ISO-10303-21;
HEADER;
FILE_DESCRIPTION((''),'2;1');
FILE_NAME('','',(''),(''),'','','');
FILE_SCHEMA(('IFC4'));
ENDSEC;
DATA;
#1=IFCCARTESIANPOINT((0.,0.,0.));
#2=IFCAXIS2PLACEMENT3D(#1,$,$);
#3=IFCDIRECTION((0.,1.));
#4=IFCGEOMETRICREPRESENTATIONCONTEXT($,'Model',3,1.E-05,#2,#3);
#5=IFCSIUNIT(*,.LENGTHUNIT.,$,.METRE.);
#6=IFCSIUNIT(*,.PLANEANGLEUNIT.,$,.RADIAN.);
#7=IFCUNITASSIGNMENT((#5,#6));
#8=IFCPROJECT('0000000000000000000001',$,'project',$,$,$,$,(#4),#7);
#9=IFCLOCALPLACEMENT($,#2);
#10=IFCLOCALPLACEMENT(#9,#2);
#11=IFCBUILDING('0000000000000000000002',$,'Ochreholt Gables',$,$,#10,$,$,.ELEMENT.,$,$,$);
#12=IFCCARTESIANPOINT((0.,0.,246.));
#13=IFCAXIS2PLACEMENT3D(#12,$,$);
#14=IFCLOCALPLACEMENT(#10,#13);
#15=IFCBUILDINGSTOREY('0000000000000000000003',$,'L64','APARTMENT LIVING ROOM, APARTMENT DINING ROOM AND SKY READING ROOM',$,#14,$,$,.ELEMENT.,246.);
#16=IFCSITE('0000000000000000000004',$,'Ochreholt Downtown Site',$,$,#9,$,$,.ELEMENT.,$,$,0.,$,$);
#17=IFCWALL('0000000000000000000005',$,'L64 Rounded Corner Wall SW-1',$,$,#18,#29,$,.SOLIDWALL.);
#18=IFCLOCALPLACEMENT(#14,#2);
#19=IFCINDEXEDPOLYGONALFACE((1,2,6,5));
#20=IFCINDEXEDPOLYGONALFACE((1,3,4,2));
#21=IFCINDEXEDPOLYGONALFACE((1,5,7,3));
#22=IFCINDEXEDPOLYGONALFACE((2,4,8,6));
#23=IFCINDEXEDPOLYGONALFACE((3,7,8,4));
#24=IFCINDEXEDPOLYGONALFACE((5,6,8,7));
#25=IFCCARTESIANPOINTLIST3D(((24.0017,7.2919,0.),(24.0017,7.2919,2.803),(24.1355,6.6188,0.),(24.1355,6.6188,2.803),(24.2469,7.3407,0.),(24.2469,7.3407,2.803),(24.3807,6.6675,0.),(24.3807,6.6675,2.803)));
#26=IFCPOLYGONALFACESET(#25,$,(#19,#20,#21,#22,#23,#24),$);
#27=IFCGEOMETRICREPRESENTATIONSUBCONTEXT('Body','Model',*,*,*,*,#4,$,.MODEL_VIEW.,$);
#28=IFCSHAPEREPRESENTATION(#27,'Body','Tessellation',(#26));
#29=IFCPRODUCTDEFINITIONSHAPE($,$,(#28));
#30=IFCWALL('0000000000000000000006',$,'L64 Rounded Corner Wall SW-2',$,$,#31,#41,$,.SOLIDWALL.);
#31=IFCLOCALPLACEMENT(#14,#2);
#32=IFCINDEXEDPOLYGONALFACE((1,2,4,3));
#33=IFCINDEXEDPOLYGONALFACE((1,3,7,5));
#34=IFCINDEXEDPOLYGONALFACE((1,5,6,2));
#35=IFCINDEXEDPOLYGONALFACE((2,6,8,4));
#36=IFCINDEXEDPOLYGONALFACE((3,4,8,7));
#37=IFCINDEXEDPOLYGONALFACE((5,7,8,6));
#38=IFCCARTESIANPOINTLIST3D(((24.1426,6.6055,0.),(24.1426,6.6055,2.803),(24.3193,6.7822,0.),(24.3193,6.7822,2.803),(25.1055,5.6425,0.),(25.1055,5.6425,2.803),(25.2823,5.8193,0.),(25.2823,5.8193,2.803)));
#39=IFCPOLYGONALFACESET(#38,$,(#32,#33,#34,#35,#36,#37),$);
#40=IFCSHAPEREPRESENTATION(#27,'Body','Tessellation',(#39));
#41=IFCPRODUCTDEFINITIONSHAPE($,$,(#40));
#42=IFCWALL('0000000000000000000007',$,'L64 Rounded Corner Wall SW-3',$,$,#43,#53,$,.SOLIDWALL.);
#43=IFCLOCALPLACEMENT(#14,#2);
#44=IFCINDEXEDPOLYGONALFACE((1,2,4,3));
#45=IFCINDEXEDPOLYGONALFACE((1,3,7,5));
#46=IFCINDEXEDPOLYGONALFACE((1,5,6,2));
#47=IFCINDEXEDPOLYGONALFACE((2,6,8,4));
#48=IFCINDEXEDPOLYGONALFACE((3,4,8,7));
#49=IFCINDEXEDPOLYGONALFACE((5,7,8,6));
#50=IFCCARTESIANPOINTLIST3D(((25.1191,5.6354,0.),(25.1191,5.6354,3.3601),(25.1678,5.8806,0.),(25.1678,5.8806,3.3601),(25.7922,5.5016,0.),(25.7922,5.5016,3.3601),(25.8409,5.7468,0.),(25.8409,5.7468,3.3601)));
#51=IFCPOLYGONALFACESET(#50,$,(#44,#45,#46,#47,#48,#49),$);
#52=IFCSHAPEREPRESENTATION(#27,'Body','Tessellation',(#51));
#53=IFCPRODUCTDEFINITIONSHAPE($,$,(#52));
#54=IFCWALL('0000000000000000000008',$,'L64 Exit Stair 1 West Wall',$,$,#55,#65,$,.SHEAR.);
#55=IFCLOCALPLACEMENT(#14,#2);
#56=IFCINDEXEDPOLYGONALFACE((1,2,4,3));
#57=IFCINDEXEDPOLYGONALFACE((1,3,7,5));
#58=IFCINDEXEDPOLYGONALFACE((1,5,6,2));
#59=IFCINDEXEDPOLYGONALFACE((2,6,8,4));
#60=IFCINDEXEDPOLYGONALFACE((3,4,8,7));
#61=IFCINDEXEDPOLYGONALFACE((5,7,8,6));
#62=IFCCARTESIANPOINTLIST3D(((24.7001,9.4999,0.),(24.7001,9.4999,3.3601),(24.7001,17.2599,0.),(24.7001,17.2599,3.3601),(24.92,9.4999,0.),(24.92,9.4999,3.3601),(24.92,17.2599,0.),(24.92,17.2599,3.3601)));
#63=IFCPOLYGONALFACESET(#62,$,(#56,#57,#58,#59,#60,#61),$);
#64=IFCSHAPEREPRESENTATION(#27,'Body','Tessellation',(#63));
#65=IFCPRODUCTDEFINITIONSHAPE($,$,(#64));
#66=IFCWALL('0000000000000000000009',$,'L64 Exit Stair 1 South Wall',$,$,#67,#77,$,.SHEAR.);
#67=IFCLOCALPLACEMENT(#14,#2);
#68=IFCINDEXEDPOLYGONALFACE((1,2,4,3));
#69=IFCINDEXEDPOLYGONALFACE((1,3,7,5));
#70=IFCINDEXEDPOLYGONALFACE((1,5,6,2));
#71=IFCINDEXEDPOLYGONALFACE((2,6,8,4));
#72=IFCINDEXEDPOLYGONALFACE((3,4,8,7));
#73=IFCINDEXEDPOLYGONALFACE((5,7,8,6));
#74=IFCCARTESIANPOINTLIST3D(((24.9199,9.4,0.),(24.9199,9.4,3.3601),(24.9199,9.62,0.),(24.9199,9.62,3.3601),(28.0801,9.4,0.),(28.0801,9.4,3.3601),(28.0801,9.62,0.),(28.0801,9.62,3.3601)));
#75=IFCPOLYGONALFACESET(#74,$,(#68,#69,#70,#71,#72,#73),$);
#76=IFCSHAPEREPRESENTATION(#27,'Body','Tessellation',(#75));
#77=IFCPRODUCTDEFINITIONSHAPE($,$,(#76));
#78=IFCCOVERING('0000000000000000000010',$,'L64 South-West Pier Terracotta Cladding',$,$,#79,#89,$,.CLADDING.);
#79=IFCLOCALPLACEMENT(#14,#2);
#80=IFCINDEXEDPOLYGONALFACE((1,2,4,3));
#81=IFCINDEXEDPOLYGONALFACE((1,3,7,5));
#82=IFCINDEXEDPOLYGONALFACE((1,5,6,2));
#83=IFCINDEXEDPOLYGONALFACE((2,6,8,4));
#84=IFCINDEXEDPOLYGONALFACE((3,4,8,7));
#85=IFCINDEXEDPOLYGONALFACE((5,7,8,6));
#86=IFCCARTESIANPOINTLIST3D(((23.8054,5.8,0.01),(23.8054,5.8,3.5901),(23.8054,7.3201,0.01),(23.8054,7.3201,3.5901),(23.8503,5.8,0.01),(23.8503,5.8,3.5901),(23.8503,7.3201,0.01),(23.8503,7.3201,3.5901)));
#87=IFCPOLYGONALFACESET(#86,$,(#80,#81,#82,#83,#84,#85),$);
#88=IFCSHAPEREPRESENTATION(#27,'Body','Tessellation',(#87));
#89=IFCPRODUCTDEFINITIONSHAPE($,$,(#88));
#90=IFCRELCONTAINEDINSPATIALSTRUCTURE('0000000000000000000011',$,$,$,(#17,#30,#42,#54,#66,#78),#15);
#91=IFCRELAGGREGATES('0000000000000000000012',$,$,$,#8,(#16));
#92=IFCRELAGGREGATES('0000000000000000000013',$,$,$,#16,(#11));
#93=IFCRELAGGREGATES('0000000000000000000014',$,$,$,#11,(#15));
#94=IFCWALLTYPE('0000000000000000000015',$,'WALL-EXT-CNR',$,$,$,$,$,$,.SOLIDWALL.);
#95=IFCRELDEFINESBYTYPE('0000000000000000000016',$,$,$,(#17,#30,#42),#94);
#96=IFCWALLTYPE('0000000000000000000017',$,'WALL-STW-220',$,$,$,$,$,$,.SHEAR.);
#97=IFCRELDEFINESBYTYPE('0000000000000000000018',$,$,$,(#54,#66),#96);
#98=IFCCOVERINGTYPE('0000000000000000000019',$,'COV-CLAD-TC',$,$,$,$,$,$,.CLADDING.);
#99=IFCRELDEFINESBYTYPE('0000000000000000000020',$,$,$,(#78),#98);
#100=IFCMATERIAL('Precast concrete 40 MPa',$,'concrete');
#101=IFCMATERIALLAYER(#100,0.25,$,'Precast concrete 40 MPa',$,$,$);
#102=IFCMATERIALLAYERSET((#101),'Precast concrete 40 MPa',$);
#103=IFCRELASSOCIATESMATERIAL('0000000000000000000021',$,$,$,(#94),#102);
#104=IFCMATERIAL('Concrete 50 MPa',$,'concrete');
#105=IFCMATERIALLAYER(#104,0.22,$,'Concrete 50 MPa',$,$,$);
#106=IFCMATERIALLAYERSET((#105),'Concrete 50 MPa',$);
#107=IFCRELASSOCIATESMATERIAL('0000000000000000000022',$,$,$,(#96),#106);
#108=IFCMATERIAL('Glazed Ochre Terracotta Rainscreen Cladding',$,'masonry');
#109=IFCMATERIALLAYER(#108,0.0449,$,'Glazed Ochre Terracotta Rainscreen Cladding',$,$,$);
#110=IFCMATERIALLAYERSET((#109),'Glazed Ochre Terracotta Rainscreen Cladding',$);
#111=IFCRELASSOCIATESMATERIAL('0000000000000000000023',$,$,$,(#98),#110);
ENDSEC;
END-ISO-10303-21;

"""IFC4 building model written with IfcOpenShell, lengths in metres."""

from ifc_helpers import new_model, si_unit, direction, frame, frame_2d, origin, origin_2d, place, context, subcontext, project, spatial, rectangle, extrude, material, layer, layer_set, type_object, element, save


model = new_model("IFC4")

# Units and contexts
model_context = context("Model", 3, precision=1e-05, world=origin(), true_north=direction((0.0, 1.0)))
body_context = subcontext(model_context, "Body", "Model", "MODEL_VIEW")
ifc_project = project(units=[si_unit("LENGTHUNIT", "METRE"), si_unit("PLANEANGLEUNIT", "RADIAN")], contexts=[model_context])

# Site, building, storey
site_placement = place(None, origin())
site = spatial("IfcSite", under=ifc_project, at=site_placement, Name="Ochreholt Downtown Site", CompositionType="ELEMENT", RefElevation=0.0)
building_placement = place(site_placement, origin())
building = spatial("IfcBuilding", under=site, at=building_placement, Name="Ochreholt Gables", CompositionType="ELEMENT")
storey_placement = place(building_placement, frame((0.0, 0.0, 246.0)))
storey = spatial("IfcBuildingStorey", under=building, at=storey_placement, Name="L64", Description="APARTMENT LIVING ROOM, APARTMENT DINING ROOM AND SKY READING ROOM", CompositionType="ELEMENT", Elevation=246.0)

# Shared definitions
ifc_material_1 = material(Name="Concrete 50 MPa", Category="concrete")

# Shared definitions
ifc_material_2 = material(Name="Precast concrete 40 MPa", Category="concrete")

# Walls
ifc_layer_1 = layer(ifc_material_2, 0.25, Name="Precast concrete 40 MPa")
ifc_layer_set_1 = layer_set([ifc_layer_1], Name="Precast concrete 40 MPa")
wall_type_1 = type_object("IfcWallType", Name="WALL-EXT-CNR", PredefinedType="SOLIDWALL", material=ifc_layer_set_1)
wall_1_placement = place(storey_placement, frame((24.1243, 7.3164, 0.0), z_axis=(0.0, 0.0, 1.0), x_axis=(0.194953, -0.980813, 0.0)))
element("IfcWall", 1, at=wall_1_placement, inside=storey, type_object=wall_type_1, Name="L64 Rounded Corner Wall SW-1", PredefinedType="SOLIDWALL", context=body_context, shape_type="SweptSolid", body=[
    extrude(rectangle(XDim=0.6863, YDim=0.25, at=frame_2d((0.3433, 0.0))), origin(), (0.0, 0.0, 1.0), 2.803),
])
wall_2_placement = place(storey_placement, frame((24.231, 6.6938, 0.0), z_axis=(0.0, 0.0, 1.0), x_axis=(0.707107, -0.707107, 0.0)))
element("IfcWall", 2, at=wall_2_placement, inside=storey, type_object=wall_type_1, Name="L64 Rounded Corner Wall SW-2", PredefinedType="SOLIDWALL", context=body_context, shape_type="SweptSolid", body=[
    extrude(rectangle(XDim=1.3618, YDim=0.25, at=frame_2d((0.6809, 0.0))), origin(), (0.0, 0.0, 1.0), 2.803),
])
wall_3_placement = place(storey_placement, frame((25.1433, 5.7581, 0.0), z_axis=(0.0, 0.0, 1.0), x_axis=(0.980813, -0.194953, 0.0)))
element("IfcWall", 3, at=wall_3_placement, inside=storey, type_object=wall_type_1, Name="L64 Rounded Corner Wall SW-3", PredefinedType="SOLIDWALL", context=body_context, shape_type="SweptSolid", body=[
    extrude(rectangle(XDim=0.6863, YDim=0.25, at=frame_2d((0.3433, 0.0))), origin(), (0.0, 0.0, 1.0), 3.3601),
])
ifc_layer_2 = layer(ifc_material_1, 0.22, Name="Concrete 50 MPa")
ifc_layer_set_2 = layer_set([ifc_layer_2], Name="Concrete 50 MPa")
wall_type_2 = type_object("IfcWallType", Name="WALL-STW-220", PredefinedType="SHEAR", material=ifc_layer_set_2)
wall_4_placement = place(storey_placement, frame((24.8101, 9.5, 0.0), z_axis=(0.0, 0.0, 1.0), x_axis=(0.0, 1.0, 0.0)))
element("IfcWall", 4, at=wall_4_placement, inside=storey, type_object=wall_type_2, Name="L64 Exit Stair 1 West Wall", PredefinedType="SHEAR", context=body_context, shape_type="SweptSolid", body=[
    extrude(rectangle(XDim=7.76, YDim=0.22, at=frame_2d((3.8799, 0.0))), origin(), (0.0, 0.0, 1.0), 3.3601),
])
wall_5_placement = place(storey_placement, frame((24.9199, 9.51, 0.0), z_axis=(0.0, 0.0, 1.0), x_axis=(1.0, 0.0, 0.0)))
element("IfcWall", 5, at=wall_5_placement, inside=storey, type_object=wall_type_2, Name="L64 Exit Stair 1 South Wall", PredefinedType="SHEAR", context=body_context, shape_type="SweptSolid", body=[
    extrude(rectangle(XDim=3.1602, YDim=0.22, at=frame_2d((1.5801, 0.0))), origin(), (0.0, 0.0, 1.0), 3.3601),
])

# Covering
ifc_material_3 = material(Name="Glazed Ochre Terracotta Rainscreen Cladding", Category="masonry")
ifc_layer_3 = layer(ifc_material_3, 0.0449, Name="Glazed Ochre Terracotta Rainscreen Cladding")
ifc_layer_set_3 = layer_set([ifc_layer_3], Name="Glazed Ochre Terracotta Rainscreen Cladding")
covering_type = type_object("IfcCoveringType", Name="COV-CLAD-TC", PredefinedType="CLADDING", material=ifc_layer_set_3)
covering_placement = place(storey_placement, frame((23.8279, 6.5601, 0.01), z_axis=(0.0, 0.0, 1.0), x_axis=(0.0, 1.0, 0.0)))
element("IfcCovering", 6, at=covering_placement, inside=storey, type_object=covering_type, Name="L64 South-West Pier Terracotta Cladding", PredefinedType="CLADDING", context=body_context, shape_type="SweptSolid", body=[
    extrude(rectangle(XDim=1.52, YDim=0.0449, at=origin_2d()), origin(), (0.0, 0.0, 1.0), 3.5801),
])

save(model, "model.ifc")
